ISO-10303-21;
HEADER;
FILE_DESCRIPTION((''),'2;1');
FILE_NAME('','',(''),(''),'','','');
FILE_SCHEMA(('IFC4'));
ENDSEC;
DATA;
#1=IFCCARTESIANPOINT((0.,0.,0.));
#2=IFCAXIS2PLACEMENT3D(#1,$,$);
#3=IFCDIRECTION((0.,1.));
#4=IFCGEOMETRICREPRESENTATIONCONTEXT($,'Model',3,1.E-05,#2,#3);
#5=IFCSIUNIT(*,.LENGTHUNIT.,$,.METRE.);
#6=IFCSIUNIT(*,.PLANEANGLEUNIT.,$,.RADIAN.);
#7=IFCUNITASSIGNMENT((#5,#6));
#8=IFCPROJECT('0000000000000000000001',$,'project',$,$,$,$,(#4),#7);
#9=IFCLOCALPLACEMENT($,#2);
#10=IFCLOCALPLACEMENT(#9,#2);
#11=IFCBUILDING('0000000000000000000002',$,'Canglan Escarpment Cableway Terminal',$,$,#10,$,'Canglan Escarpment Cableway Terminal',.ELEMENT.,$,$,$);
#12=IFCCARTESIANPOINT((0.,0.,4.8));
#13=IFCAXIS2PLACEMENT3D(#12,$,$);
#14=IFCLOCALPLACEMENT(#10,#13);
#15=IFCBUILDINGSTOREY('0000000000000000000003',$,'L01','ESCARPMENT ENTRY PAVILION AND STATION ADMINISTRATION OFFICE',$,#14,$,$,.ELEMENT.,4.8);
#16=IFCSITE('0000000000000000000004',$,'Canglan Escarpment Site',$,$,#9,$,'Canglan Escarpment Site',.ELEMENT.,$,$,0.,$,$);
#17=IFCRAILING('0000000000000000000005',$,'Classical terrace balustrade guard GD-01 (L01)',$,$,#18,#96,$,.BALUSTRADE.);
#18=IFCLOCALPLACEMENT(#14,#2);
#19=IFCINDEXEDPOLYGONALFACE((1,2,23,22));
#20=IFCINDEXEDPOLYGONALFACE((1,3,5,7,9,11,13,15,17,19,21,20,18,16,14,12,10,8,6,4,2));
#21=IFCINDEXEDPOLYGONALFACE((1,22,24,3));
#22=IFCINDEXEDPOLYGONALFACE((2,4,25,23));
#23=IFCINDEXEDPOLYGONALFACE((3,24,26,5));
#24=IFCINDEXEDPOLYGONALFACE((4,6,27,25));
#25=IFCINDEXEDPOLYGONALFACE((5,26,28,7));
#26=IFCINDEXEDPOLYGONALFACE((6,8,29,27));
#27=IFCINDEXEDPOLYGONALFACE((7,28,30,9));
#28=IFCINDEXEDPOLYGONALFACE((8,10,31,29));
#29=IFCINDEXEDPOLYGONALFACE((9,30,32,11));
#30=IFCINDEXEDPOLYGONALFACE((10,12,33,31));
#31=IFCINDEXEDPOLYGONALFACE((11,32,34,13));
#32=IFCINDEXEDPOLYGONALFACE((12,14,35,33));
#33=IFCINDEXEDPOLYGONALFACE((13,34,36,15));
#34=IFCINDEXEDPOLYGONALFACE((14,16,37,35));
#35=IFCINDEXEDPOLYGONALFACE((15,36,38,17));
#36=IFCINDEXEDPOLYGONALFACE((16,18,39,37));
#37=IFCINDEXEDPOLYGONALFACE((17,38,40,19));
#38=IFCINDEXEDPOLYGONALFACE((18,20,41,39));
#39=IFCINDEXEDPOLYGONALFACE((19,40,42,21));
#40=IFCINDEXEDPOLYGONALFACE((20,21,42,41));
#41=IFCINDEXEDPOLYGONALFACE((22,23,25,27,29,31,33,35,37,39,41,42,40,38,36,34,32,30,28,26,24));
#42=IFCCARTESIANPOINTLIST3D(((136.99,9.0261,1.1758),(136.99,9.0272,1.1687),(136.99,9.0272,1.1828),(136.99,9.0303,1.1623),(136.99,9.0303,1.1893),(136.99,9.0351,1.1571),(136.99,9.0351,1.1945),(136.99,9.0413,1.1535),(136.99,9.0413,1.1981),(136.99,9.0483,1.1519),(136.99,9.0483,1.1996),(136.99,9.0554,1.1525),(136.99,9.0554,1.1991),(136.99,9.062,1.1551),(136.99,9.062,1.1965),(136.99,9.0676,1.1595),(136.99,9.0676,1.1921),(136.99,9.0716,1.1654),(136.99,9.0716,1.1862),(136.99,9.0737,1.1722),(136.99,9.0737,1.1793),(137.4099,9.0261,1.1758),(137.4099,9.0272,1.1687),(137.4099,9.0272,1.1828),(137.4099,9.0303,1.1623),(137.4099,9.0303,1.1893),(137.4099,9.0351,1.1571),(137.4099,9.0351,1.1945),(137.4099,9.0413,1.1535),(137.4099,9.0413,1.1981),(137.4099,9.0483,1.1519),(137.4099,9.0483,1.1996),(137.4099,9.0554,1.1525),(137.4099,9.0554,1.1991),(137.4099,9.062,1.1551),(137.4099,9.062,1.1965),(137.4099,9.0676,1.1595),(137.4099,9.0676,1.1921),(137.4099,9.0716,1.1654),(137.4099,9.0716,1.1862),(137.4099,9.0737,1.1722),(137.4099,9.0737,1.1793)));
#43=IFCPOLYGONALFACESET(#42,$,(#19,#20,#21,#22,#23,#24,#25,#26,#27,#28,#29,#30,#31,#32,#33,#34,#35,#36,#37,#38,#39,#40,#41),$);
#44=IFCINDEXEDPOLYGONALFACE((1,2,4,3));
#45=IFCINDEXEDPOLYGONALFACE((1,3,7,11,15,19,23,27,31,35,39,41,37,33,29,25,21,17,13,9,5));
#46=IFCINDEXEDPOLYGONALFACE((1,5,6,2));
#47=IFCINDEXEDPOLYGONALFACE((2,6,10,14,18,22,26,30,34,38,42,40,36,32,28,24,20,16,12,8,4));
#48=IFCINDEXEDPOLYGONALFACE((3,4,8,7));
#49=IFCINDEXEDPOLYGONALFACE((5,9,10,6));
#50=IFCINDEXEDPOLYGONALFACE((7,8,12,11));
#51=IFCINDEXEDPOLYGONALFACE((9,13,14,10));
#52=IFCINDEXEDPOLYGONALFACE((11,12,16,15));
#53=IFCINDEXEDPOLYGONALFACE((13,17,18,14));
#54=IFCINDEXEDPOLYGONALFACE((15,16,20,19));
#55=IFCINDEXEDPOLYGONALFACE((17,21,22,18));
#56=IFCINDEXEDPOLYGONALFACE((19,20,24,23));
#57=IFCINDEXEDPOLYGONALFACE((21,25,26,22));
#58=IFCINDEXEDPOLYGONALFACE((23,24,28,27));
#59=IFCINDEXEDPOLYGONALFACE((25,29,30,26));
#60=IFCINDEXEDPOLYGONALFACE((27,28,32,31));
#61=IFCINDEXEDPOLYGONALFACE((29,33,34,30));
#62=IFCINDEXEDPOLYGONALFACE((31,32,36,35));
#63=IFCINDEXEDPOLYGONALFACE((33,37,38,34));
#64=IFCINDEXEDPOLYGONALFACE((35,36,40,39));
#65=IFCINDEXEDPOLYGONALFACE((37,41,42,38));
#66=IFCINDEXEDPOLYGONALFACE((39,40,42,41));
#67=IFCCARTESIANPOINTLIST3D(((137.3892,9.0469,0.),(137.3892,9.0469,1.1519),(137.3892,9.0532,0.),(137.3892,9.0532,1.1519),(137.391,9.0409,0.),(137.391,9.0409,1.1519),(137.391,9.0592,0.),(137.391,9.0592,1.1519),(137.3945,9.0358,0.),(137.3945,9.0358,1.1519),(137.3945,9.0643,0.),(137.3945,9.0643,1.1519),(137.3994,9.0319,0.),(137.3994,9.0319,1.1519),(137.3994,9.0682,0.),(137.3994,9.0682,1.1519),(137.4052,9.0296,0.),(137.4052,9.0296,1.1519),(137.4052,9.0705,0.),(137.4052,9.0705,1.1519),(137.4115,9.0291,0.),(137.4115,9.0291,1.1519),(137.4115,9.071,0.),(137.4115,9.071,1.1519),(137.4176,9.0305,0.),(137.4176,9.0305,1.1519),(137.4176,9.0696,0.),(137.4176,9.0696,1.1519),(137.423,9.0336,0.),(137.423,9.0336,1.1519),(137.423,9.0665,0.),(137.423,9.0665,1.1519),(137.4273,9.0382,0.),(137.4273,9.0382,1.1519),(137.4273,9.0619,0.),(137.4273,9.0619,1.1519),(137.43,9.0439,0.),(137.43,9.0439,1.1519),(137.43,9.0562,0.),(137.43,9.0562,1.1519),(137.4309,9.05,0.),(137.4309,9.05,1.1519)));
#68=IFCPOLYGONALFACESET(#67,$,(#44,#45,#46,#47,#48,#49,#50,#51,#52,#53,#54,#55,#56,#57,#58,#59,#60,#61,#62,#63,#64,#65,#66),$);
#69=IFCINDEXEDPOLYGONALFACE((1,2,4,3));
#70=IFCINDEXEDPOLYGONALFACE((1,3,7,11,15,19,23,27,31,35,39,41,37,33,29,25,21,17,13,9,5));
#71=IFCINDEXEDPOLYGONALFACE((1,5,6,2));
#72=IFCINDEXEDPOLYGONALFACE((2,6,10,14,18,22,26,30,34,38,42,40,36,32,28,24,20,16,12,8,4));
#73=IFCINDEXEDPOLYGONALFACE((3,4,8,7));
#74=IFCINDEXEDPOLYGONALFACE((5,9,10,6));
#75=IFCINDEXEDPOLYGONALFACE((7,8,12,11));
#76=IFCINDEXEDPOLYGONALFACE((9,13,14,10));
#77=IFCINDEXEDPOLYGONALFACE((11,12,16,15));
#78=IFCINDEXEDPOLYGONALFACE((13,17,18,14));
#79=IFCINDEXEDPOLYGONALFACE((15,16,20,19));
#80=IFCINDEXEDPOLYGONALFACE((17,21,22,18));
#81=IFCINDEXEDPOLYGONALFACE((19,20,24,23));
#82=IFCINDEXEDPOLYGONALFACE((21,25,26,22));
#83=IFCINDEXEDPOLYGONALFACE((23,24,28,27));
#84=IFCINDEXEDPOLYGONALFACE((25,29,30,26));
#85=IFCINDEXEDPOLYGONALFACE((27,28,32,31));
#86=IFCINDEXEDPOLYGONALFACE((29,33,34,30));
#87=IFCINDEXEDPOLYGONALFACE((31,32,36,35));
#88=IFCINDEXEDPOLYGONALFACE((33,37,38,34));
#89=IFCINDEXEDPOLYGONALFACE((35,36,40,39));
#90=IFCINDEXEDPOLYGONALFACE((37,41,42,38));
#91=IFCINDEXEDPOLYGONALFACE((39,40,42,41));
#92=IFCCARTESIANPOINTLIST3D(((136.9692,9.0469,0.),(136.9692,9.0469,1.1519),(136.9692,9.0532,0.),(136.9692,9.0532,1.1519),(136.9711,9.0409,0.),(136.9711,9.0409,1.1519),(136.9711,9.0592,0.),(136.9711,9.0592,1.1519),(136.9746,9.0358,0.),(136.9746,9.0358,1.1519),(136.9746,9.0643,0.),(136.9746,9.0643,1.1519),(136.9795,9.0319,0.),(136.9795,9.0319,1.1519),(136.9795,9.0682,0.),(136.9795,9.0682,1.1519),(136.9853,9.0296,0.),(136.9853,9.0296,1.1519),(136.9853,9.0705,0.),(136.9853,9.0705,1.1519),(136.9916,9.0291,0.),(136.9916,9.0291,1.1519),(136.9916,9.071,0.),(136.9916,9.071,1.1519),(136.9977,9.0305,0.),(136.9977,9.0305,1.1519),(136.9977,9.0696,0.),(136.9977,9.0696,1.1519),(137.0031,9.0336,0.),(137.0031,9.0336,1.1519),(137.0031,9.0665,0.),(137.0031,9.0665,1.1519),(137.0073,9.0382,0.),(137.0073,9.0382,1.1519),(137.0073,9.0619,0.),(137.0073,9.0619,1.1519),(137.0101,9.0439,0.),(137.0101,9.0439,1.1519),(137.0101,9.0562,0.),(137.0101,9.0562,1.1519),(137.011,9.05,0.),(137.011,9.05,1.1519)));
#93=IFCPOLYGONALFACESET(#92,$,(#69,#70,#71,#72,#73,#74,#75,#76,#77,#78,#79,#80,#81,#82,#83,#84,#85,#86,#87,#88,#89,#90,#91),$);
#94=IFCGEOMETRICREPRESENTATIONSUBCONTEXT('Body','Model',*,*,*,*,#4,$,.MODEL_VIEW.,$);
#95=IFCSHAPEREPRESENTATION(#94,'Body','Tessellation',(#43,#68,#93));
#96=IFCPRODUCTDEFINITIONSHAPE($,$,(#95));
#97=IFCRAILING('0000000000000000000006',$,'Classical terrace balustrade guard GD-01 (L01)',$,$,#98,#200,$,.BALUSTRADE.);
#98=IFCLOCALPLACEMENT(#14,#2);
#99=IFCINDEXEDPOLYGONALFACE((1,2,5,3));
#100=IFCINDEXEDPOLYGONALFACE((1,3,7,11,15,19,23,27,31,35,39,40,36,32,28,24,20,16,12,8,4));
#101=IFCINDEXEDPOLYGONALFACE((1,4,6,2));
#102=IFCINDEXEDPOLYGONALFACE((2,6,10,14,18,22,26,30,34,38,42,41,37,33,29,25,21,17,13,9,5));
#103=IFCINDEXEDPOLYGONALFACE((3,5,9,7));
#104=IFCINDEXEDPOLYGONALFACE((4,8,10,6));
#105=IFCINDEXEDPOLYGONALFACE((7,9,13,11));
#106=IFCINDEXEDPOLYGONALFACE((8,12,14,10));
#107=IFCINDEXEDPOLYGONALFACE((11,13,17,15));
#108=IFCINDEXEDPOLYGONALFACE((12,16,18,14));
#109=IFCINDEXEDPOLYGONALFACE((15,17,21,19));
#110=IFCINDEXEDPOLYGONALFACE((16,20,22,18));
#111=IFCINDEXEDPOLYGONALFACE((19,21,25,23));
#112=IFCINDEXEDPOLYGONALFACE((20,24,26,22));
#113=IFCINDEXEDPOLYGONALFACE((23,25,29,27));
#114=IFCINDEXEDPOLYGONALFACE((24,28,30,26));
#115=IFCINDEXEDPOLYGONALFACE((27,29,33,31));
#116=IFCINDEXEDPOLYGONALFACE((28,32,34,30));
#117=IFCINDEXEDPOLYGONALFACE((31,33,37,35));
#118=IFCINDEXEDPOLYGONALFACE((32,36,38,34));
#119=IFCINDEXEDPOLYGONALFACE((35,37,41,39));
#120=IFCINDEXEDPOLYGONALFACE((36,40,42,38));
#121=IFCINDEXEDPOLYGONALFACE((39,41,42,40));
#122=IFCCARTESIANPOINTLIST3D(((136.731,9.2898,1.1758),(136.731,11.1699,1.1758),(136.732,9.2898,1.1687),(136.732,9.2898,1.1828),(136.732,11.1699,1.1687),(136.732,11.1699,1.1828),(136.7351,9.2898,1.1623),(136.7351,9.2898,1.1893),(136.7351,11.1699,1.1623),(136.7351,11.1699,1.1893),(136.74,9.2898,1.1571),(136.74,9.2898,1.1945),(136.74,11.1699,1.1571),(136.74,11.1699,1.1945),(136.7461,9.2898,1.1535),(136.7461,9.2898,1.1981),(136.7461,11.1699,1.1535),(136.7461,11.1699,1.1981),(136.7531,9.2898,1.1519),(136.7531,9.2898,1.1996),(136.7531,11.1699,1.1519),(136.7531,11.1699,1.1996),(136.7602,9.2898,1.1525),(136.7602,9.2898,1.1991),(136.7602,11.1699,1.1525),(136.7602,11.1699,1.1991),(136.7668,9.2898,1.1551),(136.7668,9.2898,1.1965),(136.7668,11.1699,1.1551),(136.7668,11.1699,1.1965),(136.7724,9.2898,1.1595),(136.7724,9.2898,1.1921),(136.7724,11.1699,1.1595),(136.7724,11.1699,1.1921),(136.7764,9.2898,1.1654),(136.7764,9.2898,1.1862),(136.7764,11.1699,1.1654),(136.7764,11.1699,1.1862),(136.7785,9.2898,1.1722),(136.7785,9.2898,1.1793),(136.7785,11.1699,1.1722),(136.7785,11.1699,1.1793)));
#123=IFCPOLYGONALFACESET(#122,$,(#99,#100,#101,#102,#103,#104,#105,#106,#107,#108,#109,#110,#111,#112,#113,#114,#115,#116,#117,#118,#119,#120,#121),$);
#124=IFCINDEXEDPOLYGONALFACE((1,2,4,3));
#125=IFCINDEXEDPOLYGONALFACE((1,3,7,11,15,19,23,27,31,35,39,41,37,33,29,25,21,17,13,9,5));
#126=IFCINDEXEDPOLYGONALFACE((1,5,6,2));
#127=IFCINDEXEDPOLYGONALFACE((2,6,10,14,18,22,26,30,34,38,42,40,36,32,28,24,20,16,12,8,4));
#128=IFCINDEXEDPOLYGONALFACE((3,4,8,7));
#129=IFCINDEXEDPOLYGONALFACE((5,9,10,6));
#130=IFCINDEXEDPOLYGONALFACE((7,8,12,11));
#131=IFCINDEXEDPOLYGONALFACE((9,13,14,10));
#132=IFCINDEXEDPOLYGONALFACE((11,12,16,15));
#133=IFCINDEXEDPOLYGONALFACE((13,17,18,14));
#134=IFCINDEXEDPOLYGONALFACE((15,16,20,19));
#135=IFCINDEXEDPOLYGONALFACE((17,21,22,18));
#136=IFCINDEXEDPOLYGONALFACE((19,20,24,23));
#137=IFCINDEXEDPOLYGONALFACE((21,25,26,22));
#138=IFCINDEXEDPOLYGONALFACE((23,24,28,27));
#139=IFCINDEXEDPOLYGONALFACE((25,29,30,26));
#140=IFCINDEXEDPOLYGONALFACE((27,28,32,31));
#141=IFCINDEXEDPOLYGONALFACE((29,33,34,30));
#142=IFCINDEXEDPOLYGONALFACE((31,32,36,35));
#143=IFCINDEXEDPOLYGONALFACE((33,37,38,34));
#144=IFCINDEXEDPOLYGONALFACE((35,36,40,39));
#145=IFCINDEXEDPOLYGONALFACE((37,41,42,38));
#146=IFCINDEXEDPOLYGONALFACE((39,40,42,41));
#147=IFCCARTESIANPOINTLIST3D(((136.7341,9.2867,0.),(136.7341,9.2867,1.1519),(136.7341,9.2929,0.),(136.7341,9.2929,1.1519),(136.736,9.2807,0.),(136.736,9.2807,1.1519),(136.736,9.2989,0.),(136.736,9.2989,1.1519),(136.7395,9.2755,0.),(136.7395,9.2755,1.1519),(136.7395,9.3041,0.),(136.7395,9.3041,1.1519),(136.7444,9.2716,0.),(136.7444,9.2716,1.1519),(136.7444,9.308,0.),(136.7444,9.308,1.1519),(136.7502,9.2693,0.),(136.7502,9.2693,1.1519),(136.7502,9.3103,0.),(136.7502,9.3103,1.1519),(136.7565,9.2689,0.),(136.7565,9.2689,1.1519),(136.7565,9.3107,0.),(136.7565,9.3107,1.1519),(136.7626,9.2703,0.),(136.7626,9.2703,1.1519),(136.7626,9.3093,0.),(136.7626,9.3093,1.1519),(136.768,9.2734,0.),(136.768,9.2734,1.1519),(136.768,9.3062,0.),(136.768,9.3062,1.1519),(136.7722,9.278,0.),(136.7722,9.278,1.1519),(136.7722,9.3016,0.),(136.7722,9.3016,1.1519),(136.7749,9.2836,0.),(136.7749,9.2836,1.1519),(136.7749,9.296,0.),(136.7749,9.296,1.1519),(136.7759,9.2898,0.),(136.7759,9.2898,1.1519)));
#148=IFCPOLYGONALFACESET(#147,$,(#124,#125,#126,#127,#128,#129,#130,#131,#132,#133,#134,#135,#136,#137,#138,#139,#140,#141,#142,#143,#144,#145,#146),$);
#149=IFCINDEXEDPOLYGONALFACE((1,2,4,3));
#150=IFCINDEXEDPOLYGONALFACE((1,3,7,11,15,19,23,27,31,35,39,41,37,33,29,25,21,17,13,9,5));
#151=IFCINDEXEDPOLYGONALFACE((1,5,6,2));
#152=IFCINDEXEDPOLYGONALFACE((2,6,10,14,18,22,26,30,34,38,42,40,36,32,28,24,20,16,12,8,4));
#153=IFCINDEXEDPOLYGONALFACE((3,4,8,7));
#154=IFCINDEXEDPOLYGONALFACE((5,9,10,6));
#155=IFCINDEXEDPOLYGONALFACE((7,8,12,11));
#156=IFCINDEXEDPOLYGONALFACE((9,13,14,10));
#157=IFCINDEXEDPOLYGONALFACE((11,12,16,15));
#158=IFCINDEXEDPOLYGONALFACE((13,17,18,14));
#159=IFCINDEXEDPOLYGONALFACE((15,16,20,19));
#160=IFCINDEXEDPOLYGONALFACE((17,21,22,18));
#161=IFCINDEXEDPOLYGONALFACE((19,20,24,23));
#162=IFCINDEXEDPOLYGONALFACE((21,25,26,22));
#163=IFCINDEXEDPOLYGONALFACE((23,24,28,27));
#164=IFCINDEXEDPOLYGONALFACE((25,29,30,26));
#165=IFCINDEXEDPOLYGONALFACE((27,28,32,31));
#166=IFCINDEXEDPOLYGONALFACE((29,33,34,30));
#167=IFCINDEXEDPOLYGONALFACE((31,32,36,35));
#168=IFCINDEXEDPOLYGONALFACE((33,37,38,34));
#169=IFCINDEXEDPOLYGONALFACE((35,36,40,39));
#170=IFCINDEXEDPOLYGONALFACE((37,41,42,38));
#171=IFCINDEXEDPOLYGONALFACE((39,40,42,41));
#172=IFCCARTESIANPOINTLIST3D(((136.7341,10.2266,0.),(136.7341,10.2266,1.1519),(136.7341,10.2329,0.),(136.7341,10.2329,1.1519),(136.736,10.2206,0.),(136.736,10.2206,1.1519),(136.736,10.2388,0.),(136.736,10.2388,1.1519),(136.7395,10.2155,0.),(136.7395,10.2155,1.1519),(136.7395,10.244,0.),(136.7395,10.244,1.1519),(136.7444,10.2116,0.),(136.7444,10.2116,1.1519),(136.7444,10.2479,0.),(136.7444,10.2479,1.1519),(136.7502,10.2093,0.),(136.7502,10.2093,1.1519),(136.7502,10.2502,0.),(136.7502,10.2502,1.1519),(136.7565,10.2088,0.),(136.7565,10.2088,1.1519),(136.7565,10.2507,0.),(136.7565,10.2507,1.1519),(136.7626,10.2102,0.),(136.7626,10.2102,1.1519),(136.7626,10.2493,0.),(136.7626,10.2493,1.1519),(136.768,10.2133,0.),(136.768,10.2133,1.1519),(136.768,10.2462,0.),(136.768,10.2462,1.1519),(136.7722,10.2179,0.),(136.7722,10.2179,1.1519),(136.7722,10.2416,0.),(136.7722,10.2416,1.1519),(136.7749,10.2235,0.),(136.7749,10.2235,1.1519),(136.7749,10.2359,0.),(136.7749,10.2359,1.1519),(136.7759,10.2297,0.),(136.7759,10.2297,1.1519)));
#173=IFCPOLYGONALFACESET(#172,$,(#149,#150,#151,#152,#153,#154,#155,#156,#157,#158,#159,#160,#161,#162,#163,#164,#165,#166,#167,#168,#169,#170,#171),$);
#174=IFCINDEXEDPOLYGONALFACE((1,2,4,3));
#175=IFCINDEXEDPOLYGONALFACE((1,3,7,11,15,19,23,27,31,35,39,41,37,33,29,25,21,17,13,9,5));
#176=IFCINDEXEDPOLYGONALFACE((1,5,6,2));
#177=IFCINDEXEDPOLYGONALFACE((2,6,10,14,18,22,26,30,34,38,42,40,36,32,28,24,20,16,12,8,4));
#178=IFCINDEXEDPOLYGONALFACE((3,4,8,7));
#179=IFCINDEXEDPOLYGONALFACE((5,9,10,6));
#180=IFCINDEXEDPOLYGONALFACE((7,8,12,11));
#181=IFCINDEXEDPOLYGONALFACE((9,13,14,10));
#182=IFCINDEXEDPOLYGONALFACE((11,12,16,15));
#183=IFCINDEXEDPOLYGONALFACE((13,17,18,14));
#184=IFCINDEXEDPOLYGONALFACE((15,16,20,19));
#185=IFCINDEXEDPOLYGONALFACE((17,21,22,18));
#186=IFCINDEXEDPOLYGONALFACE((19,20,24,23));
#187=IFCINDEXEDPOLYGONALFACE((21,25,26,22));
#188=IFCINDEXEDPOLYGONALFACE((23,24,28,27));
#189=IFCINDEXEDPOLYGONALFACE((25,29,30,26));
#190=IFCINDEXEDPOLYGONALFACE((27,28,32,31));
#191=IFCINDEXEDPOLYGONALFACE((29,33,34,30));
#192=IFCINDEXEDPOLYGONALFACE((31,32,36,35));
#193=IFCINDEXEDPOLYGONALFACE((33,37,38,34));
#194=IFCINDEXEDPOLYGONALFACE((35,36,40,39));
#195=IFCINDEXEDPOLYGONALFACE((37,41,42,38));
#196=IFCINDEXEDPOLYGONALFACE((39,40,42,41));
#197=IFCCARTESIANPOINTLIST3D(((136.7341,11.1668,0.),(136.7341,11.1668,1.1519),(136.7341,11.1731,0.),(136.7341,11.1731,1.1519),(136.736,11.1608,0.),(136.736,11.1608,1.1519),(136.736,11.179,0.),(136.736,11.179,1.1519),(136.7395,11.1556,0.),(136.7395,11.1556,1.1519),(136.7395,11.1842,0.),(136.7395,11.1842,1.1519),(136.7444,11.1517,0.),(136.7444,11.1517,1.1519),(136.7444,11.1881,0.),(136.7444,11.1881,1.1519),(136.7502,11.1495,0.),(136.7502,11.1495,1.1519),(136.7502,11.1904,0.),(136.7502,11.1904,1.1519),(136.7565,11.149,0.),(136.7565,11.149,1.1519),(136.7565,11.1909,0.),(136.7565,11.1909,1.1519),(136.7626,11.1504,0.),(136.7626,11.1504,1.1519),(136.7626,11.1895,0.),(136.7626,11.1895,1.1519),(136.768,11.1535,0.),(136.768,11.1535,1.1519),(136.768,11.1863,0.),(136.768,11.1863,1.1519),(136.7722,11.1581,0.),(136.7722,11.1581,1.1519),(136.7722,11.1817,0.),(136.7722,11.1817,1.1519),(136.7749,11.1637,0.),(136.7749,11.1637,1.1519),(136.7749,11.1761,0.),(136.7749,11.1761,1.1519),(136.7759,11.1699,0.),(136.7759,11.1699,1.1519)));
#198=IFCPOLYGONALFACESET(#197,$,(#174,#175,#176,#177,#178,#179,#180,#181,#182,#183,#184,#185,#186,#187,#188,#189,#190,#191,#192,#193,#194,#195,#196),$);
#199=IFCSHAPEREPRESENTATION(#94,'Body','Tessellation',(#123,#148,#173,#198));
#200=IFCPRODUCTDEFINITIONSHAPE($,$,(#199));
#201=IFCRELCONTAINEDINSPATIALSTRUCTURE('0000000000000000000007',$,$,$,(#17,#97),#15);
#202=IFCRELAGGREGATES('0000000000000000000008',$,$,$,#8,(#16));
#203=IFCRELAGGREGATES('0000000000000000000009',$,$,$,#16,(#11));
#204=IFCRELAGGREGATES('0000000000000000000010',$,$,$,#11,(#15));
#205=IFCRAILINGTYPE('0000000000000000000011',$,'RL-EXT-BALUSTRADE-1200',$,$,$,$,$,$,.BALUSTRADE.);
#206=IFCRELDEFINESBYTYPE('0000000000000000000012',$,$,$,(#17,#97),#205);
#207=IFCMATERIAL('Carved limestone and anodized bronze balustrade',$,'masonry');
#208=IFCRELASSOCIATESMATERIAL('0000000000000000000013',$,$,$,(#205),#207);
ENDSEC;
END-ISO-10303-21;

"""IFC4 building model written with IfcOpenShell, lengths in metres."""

from ifc_helpers import new_model, si_unit, direction, frame, origin, origin_2d, place, context, subcontext, project, spatial, circle, extrude, material, type_object, element, save


model = new_model("IFC4")

# Units and contexts
model_context = context("Model", 3, precision=1e-05, world=origin(), true_north=direction((0.0, 1.0)))
body_context = subcontext(model_context, "Body", "Model", "MODEL_VIEW")
ifc_project = project(units=[si_unit("LENGTHUNIT", "METRE"), si_unit("PLANEANGLEUNIT", "RADIAN")], contexts=[model_context])

# Site, building, storey
site_placement = place(None, origin())
site = spatial("IfcSite", under=ifc_project, at=site_placement, Name="Canglan Escarpment Site", LongName="Canglan Escarpment Site", CompositionType="ELEMENT", RefElevation=0.0)
building_placement = place(site_placement, origin())
building = spatial("IfcBuilding", under=site, at=building_placement, Name="Canglan Escarpment Cableway Terminal", LongName="Canglan Escarpment Cableway Terminal", CompositionType="ELEMENT")
storey_placement = place(building_placement, frame((0.0, 0.0, 4.8)))
storey = spatial("IfcBuildingStorey", under=building, at=storey_placement, Name="L01", Description="ESCARPMENT ENTRY PAVILION AND STATION ADMINISTRATION OFFICE", CompositionType="ELEMENT", Elevation=4.8)

# Railings
ifc_material_1 = material(Name="Carved limestone and anodized bronze balustrade", Category="masonry")
railing_type = type_object("IfcRailingType", Name="RL-EXT-BALUSTRADE-1200", PredefinedType="BALUSTRADE", material=ifc_material_1)
railing_1_placement = place(storey_placement, frame((137.4099, 9.05, 0.0)))
element("IfcRailing", 1, at=railing_1_placement, inside=storey, type_object=railing_type, Name="Classical terrace balustrade guard GD-01 (L01)", PredefinedType="BALUSTRADE", context=body_context, shape_type="SweptSolid", body=[
    extrude(circle(Radius=0.0239, at=origin_2d()), frame((0.0, 0.0, 1.1758), z_axis=(-1.0, 0.0, 0.0), x_axis=(0.0, -1.0, 0.0)), (0.0, 0.0, 1.0), 0.4199),
    extrude(circle(Radius=0.021, at=origin_2d()), origin(), (0.0, 0.0, 1.0), 1.1519),
    extrude(circle(Radius=0.021, at=origin_2d()), frame((-0.4199, 0.0, 0.0)), (0.0, 0.0, 1.0), 1.1519),
])
railing_2_placement = place(storey_placement, frame((136.7549, 9.2898, 0.0)))
element("IfcRailing", 2, at=railing_2_placement, inside=storey, type_object=railing_type, Name="Classical terrace balustrade guard GD-01 (L01)", PredefinedType="BALUSTRADE", context=body_context, shape_type="SweptSolid", body=[
    extrude(circle(Radius=0.0239, at=origin_2d()), frame((0.0, 0.0, 1.1758), z_axis=(0.0, 1.0, 0.0), x_axis=(-1.0, 0.0, 0.0)), (0.0, 0.0, 1.0), 1.8801),
    extrude(circle(Radius=0.021, at=origin_2d()), origin(), (0.0, 0.0, 1.0), 1.1519),
    extrude(circle(Radius=0.021, at=origin_2d()), frame((0.0, 0.9399, 0.0)), (0.0, 0.0, 1.0), 1.1519),
    extrude(circle(Radius=0.021, at=origin_2d()), frame((0.0, 1.8801, 0.0)), (0.0, 0.0, 1.0), 1.1519),
])

save(model, "model.ifc")
